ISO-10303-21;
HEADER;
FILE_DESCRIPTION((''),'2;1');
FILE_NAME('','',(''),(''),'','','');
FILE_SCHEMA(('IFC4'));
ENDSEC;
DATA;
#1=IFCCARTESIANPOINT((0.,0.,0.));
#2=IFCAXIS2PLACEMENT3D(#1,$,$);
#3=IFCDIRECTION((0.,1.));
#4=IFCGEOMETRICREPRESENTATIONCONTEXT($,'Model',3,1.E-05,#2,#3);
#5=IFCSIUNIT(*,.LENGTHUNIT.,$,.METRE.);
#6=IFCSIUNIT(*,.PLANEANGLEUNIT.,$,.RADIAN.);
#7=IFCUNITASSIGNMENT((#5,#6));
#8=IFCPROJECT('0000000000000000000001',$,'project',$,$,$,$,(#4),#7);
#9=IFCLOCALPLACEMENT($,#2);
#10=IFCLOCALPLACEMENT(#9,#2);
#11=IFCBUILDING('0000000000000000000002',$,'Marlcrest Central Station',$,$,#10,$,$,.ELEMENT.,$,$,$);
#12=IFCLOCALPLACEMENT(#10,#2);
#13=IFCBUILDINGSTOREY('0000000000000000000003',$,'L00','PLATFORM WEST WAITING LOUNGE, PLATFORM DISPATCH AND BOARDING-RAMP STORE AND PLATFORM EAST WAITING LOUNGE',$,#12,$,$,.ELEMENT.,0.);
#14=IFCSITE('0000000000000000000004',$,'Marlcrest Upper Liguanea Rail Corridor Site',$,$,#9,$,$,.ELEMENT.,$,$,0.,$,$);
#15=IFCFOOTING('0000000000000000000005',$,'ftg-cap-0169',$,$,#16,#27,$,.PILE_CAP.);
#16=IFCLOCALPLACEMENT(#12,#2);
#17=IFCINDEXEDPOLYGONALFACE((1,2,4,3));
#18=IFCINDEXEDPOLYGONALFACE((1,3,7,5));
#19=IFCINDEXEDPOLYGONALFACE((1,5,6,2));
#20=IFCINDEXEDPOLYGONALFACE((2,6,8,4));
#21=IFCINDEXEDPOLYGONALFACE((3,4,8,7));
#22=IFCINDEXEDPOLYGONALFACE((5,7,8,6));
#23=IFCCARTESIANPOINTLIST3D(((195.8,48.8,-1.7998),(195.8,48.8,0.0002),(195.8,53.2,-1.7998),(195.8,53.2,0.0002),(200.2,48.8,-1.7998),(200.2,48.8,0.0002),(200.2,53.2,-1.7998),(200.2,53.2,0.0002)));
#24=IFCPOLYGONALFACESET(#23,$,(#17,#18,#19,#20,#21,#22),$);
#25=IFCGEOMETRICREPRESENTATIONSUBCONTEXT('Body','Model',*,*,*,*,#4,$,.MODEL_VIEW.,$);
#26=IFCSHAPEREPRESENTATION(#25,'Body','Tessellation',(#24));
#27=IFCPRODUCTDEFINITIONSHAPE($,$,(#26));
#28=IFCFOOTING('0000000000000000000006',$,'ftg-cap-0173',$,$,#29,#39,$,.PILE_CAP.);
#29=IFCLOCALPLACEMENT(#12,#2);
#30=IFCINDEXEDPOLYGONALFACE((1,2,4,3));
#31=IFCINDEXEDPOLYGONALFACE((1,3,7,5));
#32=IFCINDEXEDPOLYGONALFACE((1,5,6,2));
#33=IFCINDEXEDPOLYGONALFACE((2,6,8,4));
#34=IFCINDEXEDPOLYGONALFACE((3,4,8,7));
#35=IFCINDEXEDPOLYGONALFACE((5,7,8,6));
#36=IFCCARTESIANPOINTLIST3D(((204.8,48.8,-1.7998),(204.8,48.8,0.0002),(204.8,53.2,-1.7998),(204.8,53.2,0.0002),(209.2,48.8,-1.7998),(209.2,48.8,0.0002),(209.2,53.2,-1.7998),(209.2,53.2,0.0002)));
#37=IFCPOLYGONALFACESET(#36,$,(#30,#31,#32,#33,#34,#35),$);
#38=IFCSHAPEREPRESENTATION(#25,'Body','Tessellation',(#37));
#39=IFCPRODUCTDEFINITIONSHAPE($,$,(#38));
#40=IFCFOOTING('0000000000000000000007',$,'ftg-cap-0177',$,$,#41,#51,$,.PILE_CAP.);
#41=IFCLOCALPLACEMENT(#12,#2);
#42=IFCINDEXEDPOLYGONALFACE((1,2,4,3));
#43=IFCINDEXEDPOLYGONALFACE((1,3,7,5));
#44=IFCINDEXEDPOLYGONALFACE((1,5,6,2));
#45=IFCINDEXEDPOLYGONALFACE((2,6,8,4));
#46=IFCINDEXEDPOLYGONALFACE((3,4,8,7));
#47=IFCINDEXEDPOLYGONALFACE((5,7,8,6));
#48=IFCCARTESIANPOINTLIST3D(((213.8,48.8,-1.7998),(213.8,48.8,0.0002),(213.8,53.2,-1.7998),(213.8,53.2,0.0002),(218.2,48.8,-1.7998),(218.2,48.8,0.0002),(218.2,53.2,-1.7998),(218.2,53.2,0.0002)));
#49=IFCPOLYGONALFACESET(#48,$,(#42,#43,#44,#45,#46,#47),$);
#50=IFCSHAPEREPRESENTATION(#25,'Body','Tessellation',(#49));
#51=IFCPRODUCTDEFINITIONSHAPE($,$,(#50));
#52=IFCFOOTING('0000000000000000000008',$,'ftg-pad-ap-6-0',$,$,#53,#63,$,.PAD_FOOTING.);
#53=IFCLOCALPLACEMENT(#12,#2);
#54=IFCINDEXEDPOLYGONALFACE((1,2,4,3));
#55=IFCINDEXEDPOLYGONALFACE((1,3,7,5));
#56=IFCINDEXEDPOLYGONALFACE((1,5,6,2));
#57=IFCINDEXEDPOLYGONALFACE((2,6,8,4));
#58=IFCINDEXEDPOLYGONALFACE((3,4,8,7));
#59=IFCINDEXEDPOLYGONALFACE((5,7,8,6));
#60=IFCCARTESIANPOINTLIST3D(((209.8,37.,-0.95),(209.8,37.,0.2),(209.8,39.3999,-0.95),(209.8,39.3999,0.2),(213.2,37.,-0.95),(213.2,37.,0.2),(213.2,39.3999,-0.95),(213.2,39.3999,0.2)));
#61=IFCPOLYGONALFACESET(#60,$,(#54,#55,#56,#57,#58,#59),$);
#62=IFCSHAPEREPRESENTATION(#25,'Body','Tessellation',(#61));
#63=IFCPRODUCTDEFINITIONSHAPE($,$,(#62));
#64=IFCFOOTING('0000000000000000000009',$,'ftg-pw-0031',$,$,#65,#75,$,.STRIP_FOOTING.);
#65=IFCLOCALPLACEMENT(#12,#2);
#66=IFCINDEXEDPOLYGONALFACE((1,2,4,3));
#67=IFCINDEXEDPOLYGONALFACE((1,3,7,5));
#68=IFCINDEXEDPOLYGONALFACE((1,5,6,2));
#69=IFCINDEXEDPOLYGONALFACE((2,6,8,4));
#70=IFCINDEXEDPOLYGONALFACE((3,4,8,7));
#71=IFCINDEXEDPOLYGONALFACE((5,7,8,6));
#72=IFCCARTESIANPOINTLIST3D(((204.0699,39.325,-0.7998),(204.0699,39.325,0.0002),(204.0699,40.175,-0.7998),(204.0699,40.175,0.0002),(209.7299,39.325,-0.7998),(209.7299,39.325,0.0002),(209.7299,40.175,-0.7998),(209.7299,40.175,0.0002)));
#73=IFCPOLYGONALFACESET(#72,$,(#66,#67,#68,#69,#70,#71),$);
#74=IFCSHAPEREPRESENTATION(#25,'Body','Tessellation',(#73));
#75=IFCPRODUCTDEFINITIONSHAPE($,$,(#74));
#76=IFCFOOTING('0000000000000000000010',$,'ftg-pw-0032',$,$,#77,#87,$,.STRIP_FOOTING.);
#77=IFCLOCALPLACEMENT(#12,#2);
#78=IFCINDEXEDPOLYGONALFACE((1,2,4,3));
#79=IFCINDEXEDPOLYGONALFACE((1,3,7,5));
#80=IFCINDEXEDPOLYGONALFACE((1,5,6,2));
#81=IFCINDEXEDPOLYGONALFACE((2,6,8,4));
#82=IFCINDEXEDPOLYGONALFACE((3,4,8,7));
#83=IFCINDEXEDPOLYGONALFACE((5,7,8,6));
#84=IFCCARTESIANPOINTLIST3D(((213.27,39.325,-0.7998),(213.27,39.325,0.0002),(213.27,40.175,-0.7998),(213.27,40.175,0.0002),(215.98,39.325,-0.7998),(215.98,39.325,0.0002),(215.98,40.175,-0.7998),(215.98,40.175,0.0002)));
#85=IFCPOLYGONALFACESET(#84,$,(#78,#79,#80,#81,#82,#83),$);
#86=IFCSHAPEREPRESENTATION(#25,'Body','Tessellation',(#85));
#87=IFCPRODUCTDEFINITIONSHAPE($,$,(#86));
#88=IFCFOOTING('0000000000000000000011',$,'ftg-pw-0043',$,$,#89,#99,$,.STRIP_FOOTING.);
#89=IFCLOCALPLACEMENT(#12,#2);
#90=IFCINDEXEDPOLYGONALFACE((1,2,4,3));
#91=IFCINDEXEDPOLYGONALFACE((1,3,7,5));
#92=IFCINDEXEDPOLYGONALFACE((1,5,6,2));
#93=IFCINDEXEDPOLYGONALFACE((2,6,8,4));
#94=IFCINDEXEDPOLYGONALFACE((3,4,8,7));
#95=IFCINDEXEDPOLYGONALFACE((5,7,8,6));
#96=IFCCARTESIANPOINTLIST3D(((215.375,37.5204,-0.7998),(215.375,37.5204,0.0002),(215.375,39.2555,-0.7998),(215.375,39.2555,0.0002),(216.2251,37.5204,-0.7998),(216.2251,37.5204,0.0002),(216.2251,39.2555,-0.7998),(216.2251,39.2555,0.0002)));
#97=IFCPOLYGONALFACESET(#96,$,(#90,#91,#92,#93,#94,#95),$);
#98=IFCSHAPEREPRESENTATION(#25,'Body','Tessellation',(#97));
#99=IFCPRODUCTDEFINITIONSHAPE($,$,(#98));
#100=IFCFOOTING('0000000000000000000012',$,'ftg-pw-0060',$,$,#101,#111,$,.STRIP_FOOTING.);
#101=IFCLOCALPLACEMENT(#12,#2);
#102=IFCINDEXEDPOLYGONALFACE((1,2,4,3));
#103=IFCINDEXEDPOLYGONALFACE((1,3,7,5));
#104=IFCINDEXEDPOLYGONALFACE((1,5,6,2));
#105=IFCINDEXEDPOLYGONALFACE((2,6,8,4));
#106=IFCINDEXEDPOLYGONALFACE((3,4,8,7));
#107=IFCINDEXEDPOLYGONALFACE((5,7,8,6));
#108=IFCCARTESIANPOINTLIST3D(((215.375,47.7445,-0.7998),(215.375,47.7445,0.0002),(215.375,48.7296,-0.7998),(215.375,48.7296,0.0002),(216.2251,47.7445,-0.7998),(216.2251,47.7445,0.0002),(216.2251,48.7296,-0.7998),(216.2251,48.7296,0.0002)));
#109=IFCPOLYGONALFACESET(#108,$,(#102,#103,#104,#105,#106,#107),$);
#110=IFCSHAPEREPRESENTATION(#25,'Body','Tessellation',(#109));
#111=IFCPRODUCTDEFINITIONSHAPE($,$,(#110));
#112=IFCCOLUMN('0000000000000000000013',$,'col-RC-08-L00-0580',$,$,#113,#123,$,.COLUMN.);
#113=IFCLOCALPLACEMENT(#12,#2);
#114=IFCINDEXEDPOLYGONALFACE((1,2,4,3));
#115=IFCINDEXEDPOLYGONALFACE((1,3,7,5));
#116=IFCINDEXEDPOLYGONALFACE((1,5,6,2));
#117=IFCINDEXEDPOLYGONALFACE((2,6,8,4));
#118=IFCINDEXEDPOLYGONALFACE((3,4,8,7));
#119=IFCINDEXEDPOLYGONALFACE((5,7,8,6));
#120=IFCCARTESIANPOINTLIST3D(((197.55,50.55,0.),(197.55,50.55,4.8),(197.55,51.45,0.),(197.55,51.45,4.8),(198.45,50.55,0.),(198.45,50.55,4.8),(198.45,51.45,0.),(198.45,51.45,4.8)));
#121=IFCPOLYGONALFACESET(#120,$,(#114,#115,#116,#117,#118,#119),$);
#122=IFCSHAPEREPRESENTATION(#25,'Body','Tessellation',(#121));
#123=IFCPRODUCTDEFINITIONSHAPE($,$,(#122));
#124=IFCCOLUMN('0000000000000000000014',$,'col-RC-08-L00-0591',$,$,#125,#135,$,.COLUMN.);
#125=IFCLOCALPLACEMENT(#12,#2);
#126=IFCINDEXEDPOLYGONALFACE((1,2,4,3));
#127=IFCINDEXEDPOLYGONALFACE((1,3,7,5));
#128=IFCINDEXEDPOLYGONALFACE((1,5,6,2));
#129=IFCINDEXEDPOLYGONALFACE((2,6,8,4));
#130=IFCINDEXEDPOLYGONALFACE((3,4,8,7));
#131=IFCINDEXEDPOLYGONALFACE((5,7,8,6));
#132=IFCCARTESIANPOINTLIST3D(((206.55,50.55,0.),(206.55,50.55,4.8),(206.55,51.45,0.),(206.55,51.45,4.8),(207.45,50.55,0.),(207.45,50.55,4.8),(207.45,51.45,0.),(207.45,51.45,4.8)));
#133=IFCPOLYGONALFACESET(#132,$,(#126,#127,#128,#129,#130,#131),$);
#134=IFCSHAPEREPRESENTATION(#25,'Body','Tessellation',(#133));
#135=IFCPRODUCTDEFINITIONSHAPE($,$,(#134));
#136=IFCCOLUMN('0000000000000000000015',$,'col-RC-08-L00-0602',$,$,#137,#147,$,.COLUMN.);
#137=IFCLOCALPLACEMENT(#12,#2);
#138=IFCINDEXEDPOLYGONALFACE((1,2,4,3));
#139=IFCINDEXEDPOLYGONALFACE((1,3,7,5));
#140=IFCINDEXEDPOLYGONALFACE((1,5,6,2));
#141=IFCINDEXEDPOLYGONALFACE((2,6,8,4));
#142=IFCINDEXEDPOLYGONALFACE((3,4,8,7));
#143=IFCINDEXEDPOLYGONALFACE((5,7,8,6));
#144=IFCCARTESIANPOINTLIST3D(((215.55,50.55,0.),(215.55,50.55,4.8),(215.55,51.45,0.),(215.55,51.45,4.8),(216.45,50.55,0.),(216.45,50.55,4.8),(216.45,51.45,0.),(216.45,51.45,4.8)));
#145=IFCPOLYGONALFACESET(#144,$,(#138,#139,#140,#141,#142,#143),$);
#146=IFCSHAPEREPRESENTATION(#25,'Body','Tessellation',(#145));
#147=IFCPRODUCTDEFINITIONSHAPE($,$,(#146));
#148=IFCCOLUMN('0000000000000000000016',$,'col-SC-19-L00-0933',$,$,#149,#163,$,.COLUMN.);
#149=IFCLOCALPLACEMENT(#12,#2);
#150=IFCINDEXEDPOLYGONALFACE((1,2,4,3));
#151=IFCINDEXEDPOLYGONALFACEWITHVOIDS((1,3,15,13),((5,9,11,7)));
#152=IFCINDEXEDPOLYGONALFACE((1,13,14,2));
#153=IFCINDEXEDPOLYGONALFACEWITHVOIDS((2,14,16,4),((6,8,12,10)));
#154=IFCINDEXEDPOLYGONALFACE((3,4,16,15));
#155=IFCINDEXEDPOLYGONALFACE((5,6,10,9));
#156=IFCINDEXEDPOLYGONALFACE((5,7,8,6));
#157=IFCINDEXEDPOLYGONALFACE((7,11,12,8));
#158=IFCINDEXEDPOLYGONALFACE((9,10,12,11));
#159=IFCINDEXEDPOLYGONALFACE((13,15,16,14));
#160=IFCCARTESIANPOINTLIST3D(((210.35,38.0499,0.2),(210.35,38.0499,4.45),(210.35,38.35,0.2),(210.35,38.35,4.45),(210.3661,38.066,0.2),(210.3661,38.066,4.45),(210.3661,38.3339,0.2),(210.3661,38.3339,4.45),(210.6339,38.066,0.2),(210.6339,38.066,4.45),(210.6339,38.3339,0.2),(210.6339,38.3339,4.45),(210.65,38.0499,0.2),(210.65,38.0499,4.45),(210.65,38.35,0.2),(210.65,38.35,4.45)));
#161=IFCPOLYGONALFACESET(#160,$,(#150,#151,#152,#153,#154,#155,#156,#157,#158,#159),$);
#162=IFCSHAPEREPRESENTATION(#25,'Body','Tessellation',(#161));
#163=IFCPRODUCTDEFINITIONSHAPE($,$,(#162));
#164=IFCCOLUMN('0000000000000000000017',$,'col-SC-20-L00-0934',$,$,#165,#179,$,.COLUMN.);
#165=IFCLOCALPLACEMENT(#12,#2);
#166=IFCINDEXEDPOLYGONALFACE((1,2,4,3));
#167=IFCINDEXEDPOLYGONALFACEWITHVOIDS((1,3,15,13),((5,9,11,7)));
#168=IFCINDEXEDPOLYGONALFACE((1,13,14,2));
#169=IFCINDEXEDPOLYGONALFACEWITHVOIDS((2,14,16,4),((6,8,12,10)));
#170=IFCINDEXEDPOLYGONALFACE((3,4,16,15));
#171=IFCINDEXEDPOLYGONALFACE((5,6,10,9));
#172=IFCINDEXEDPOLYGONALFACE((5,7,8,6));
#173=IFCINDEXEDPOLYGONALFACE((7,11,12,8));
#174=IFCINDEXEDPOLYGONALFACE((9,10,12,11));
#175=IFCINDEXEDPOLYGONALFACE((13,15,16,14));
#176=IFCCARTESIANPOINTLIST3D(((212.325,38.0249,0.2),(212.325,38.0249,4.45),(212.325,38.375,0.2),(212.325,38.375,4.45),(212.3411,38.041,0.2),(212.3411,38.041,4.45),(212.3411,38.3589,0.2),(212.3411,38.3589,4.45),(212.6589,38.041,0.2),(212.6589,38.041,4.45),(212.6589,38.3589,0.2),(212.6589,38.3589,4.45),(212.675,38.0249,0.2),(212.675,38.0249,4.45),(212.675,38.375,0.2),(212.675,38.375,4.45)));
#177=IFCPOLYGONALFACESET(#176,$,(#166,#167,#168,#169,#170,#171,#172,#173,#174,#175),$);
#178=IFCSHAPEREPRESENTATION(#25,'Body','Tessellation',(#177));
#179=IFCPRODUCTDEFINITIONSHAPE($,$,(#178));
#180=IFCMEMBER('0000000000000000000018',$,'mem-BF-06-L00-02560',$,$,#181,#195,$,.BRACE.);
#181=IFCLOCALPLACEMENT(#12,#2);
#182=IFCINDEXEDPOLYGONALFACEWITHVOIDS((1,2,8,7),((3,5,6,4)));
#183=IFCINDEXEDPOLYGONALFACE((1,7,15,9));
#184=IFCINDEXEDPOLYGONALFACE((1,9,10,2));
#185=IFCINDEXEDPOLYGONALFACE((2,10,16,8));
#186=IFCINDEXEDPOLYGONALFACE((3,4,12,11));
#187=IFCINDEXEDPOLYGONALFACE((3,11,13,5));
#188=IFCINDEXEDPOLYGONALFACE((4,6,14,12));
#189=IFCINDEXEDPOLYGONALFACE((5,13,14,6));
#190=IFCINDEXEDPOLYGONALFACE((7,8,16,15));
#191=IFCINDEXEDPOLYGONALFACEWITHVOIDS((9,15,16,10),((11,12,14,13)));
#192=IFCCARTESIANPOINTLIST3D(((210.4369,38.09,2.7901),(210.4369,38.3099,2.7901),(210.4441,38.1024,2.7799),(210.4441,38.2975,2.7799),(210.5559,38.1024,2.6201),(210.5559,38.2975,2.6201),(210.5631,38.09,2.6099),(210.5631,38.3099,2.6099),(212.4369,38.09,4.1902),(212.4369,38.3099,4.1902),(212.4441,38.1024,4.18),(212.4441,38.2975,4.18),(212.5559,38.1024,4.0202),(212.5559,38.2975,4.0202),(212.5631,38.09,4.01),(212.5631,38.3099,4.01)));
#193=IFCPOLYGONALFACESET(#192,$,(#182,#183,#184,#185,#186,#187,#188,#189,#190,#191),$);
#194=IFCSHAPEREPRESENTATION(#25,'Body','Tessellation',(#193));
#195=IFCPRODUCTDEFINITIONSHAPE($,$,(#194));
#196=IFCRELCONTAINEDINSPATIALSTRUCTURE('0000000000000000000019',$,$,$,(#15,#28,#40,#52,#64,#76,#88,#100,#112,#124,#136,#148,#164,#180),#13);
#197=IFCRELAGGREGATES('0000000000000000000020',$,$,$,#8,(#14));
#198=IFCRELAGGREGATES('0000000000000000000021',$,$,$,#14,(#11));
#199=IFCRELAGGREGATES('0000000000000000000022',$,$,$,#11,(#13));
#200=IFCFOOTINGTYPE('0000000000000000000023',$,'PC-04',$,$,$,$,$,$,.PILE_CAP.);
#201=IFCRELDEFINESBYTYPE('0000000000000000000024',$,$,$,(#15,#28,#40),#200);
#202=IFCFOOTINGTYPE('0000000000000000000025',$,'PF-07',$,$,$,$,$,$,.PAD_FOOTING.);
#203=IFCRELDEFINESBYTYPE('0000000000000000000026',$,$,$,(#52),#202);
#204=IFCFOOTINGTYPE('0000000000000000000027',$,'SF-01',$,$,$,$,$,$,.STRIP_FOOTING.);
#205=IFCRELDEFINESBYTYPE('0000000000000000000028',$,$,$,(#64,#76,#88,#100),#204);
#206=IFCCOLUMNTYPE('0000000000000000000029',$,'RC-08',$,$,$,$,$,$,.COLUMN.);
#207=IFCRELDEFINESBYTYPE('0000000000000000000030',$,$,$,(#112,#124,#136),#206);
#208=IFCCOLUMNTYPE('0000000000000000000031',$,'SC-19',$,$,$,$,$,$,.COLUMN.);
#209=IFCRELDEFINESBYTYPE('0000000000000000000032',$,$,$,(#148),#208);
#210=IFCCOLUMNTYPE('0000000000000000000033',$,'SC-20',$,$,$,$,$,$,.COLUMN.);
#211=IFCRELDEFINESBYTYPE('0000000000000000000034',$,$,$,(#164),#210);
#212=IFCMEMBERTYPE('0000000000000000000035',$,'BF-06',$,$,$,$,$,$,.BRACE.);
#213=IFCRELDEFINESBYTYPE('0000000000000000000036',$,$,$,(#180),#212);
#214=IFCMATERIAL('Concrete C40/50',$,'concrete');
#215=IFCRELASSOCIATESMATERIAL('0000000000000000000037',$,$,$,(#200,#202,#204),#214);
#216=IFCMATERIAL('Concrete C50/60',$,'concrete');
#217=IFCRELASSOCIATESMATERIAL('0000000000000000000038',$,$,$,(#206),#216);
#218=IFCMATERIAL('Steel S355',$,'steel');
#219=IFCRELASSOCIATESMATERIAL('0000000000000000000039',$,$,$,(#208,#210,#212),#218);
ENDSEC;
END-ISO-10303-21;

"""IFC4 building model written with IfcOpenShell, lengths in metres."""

from ifc_helpers import new_model, si_unit, direction, frame, origin, origin_2d, place, context, subcontext, project, spatial, rectangle, hollow_rectangle, extrude, material, material_profile, profile_set, type_object, element, save


model = new_model("IFC4")

# Units and contexts
model_context = context("Model", 3, precision=1e-05, world=origin(), true_north=direction((0.0, 1.0)))
body_context = subcontext(model_context, "Body", "Model", "MODEL_VIEW")
ifc_project = project(units=[si_unit("LENGTHUNIT", "METRE"), si_unit("PLANEANGLEUNIT", "RADIAN")], contexts=[model_context])

# Site, building, storey
site_placement = place(None, origin())
site = spatial("IfcSite", under=ifc_project, at=site_placement, Name="Marlcrest Upper Liguanea Rail Corridor Site", CompositionType="ELEMENT", RefElevation=0.0)
building_placement = place(site_placement, origin())
building = spatial("IfcBuilding", under=site, at=building_placement, Name="Marlcrest Central Station", CompositionType="ELEMENT")
storey_placement = place(building_placement, origin())
storey = spatial("IfcBuildingStorey", under=building, at=storey_placement, Name="L00", Description="PLATFORM WEST WAITING LOUNGE, PLATFORM DISPATCH AND BOARDING-RAMP STORE AND PLATFORM EAST WAITING LOUNGE", CompositionType="ELEMENT", Elevation=0.0)

# Footings
ifc_material_1 = material(Name="Concrete C40/50", Category="concrete")
footing_type_1 = type_object("IfcFootingType", Name="PC-04", PredefinedType="PILE_CAP", material=ifc_material_1)
for number, where, z_axis, x_axis, name in (
    (1, (198.0, 51.0, -1.7998), (0.0, 0.0, 1.0), (1.0, 0.0, 0.0), "ftg-cap-0169"),
    (2, (207.0, 51.0, -1.7998), (0.0, 0.0, 1.0), (1.0, 0.0, 0.0), "ftg-cap-0173"),
    (3, (216.0, 51.0, -1.7998), (0.0, 0.0, 1.0), (1.0, 0.0, 0.0), "ftg-cap-0177"),
):
    element("IfcFooting", number, at=place(storey_placement, frame(where, z_axis=z_axis, x_axis=x_axis)), inside=storey, type_object=footing_type_1, Name=name, PredefinedType="PILE_CAP", context=body_context, shape_type="SweptSolid", body=[
        extrude(rectangle(XDim=4.3999, YDim=4.3999, at=origin_2d()), origin(), (0.0, 0.0, 1.0), 1.8),
    ])
footing_type_2 = type_object("IfcFootingType", Name="PF-07", PredefinedType="PAD_FOOTING", material=ifc_material_1)
footing_1_placement = place(storey_placement, frame((211.5, 38.2, -0.95), z_axis=(0.0, 0.0, 1.0), x_axis=(1.0, 0.0, 0.0)))
element("IfcFooting", 4, at=footing_1_placement, inside=storey, type_object=footing_type_2, Name="ftg-pad-ap-6-0", PredefinedType="PAD_FOOTING", context=body_context, shape_type="SweptSolid", body=[
    extrude(rectangle(XDim=3.3999, YDim=2.3999, at=origin_2d()), origin(), (0.0, 0.0, 1.0), 1.1499),
])
footing_type_3 = type_object("IfcFootingType", Name="SF-01", PredefinedType="STRIP_FOOTING", material=ifc_material_1)
footing_2_placement = place(storey_placement, frame((206.8999, 39.75, -0.7998), z_axis=(0.0, 0.0, 1.0), x_axis=(1.0, 0.0, 0.0)))
element("IfcFooting", 5, at=footing_2_placement, inside=storey, type_object=footing_type_3, Name="ftg-pw-0031", PredefinedType="STRIP_FOOTING", context=body_context, shape_type="SweptSolid", body=[
    extrude(rectangle(XDim=5.6599, YDim=0.8501, at=origin_2d()), origin(), (0.0, 0.0, 1.0), 0.8),
])
footing_3_placement = place(storey_placement, frame((214.625, 39.75, -0.7998), z_axis=(0.0, 0.0, 1.0), x_axis=(1.0, 0.0, 0.0)))
element("IfcFooting", 6, at=footing_3_placement, inside=storey, type_object=footing_type_3, Name="ftg-pw-0032", PredefinedType="STRIP_FOOTING", context=body_context, shape_type="SweptSolid", body=[
    extrude(rectangle(XDim=2.71, YDim=0.8501, at=origin_2d()), origin(), (0.0, 0.0, 1.0), 0.8),
])
footing_4_placement = place(storey_placement, frame((215.8, 38.3879, -0.7998), z_axis=(0.0, 0.0, 1.0), x_axis=(1.0, 0.0, 0.0)))
element("IfcFooting", 7, at=footing_4_placement, inside=storey, type_object=footing_type_3, Name="ftg-pw-0043", PredefinedType="STRIP_FOOTING", context=body_context, shape_type="SweptSolid", body=[
    extrude(rectangle(XDim=0.8501, YDim=1.7351, at=origin_2d()), origin(), (0.0, 0.0, 1.0), 0.8),
])
footing_5_placement = place(storey_placement, frame((215.8, 48.2371, -0.7998), z_axis=(0.0, 0.0, 1.0), x_axis=(1.0, 0.0, 0.0)))
element("IfcFooting", 8, at=footing_5_placement, inside=storey, type_object=footing_type_3, Name="ftg-pw-0060", PredefinedType="STRIP_FOOTING", context=body_context, shape_type="SweptSolid", body=[
    extrude(rectangle(XDim=0.8501, YDim=0.9851, at=origin_2d()), origin(), (0.0, 0.0, 1.0), 0.8),
])

# Columns
ifc_material_2 = material(Name="Concrete C50/60", Category="concrete")
ifc_material_profile_1 = material_profile(ifc_material_2, rectangle(XDim=0.8999, YDim=0.8999, at=origin_2d()), Name="RC 900x900")
ifc_profile_set_1 = profile_set([ifc_material_profile_1], Name="Concrete C50/60")
column_type_1 = type_object("IfcColumnType", Name="RC-08", PredefinedType="COLUMN", material=ifc_profile_set_1)
for number, where, z_axis, x_axis, name in (
    (9, (198.0, 51.0, 0.0), (0.0, 0.0, 1.0), (1.0, 0.0, 0.0), "col-RC-08-L00-0580"),
    (10, (207.0, 51.0, 0.0), (0.0, 0.0, 1.0), (1.0, 0.0, 0.0), "col-RC-08-L00-0591"),
    (11, (216.0, 51.0, 0.0), (0.0, 0.0, 1.0), (1.0, 0.0, 0.0), "col-RC-08-L00-0602"),
):
    element("IfcColumn", number, at=place(storey_placement, frame(where, z_axis=z_axis, x_axis=x_axis)), inside=storey, type_object=column_type_1, Name=name, PredefinedType="COLUMN", context=body_context, shape_type="SweptSolid", body=[
        extrude(rectangle(XDim=0.8999, YDim=0.8999, at=origin_2d()), origin(), (0.0, 0.0, 1.0), 4.8),
    ])
ifc_material_3 = material(Name="Steel S355", Category="steel")
ifc_material_profile_2 = material_profile(ifc_material_3, hollow_rectangle(XDim=0.3, YDim=0.3, WallThickness=0.0161, at=origin_2d()), Name="SHS 300x300x16")
ifc_profile_set_2 = profile_set([ifc_material_profile_2], Name="Steel S355")
column_type_2 = type_object("IfcColumnType", Name="SC-19", PredefinedType="COLUMN", material=ifc_profile_set_2)
column_1_placement = place(storey_placement, frame((210.5, 38.2, 0.2), z_axis=(0.0, 0.0, 1.0), x_axis=(1.0, 0.0, 0.0)))
element("IfcColumn", 12, at=column_1_placement, inside=storey, type_object=column_type_2, Name="col-SC-19-L00-0933", PredefinedType="COLUMN", context=body_context, shape_type="SweptSolid", body=[
    extrude(hollow_rectangle(XDim=0.3, YDim=0.3, WallThickness=0.0161, at=origin_2d()), origin(), (0.0, 0.0, 1.0), 4.25),
])
ifc_material_profile_3 = material_profile(ifc_material_3, hollow_rectangle(XDim=0.3501, YDim=0.3501, WallThickness=0.0161, at=origin_2d()), Name="SHS 350x350x16")
ifc_profile_set_3 = profile_set([ifc_material_profile_3], Name="Steel S355")
column_type_3 = type_object("IfcColumnType", Name="SC-20", PredefinedType="COLUMN", material=ifc_profile_set_3)
column_2_placement = place(storey_placement, frame((212.5, 38.2, 0.2), z_axis=(0.0, 0.0, 1.0), x_axis=(1.0, 0.0, 0.0)))
element("IfcColumn", 13, at=column_2_placement, inside=storey, type_object=column_type_3, Name="col-SC-20-L00-0934", PredefinedType="COLUMN", context=body_context, shape_type="SweptSolid", body=[
    extrude(hollow_rectangle(XDim=0.3501, YDim=0.3501, WallThickness=0.0161, at=origin_2d()), origin(), (0.0, 0.0, 1.0), 4.25),
])

# Member
ifc_material_profile_4 = material_profile(ifc_material_3, hollow_rectangle(XDim=0.22, YDim=0.22, WallThickness=0.0125, at=origin_2d()), Name="SHS 220x220x12.5")
ifc_profile_set_4 = profile_set([ifc_material_profile_4], Name="Steel S355")
member_type = type_object("IfcMemberType", Name="BF-06", PredefinedType="BRACE", material=ifc_profile_set_4)
member_placement = place(storey_placement, frame((210.5, 38.2, 2.7), z_axis=(0.819204, 0.0, 0.573503), x_axis=(0.0, 1.0, 0.0)))
element("IfcMember", 14, at=member_placement, inside=storey, type_object=member_type, Name="mem-BF-06-L00-02560", PredefinedType="BRACE", context=body_context, shape_type="SweptSolid", body=[
    extrude(hollow_rectangle(XDim=0.22, YDim=0.22, WallThickness=0.0125, at=origin_2d()), origin(), (0.0, 0.0, 1.0), 2.4414),
])

save(model, "model.ifc")
